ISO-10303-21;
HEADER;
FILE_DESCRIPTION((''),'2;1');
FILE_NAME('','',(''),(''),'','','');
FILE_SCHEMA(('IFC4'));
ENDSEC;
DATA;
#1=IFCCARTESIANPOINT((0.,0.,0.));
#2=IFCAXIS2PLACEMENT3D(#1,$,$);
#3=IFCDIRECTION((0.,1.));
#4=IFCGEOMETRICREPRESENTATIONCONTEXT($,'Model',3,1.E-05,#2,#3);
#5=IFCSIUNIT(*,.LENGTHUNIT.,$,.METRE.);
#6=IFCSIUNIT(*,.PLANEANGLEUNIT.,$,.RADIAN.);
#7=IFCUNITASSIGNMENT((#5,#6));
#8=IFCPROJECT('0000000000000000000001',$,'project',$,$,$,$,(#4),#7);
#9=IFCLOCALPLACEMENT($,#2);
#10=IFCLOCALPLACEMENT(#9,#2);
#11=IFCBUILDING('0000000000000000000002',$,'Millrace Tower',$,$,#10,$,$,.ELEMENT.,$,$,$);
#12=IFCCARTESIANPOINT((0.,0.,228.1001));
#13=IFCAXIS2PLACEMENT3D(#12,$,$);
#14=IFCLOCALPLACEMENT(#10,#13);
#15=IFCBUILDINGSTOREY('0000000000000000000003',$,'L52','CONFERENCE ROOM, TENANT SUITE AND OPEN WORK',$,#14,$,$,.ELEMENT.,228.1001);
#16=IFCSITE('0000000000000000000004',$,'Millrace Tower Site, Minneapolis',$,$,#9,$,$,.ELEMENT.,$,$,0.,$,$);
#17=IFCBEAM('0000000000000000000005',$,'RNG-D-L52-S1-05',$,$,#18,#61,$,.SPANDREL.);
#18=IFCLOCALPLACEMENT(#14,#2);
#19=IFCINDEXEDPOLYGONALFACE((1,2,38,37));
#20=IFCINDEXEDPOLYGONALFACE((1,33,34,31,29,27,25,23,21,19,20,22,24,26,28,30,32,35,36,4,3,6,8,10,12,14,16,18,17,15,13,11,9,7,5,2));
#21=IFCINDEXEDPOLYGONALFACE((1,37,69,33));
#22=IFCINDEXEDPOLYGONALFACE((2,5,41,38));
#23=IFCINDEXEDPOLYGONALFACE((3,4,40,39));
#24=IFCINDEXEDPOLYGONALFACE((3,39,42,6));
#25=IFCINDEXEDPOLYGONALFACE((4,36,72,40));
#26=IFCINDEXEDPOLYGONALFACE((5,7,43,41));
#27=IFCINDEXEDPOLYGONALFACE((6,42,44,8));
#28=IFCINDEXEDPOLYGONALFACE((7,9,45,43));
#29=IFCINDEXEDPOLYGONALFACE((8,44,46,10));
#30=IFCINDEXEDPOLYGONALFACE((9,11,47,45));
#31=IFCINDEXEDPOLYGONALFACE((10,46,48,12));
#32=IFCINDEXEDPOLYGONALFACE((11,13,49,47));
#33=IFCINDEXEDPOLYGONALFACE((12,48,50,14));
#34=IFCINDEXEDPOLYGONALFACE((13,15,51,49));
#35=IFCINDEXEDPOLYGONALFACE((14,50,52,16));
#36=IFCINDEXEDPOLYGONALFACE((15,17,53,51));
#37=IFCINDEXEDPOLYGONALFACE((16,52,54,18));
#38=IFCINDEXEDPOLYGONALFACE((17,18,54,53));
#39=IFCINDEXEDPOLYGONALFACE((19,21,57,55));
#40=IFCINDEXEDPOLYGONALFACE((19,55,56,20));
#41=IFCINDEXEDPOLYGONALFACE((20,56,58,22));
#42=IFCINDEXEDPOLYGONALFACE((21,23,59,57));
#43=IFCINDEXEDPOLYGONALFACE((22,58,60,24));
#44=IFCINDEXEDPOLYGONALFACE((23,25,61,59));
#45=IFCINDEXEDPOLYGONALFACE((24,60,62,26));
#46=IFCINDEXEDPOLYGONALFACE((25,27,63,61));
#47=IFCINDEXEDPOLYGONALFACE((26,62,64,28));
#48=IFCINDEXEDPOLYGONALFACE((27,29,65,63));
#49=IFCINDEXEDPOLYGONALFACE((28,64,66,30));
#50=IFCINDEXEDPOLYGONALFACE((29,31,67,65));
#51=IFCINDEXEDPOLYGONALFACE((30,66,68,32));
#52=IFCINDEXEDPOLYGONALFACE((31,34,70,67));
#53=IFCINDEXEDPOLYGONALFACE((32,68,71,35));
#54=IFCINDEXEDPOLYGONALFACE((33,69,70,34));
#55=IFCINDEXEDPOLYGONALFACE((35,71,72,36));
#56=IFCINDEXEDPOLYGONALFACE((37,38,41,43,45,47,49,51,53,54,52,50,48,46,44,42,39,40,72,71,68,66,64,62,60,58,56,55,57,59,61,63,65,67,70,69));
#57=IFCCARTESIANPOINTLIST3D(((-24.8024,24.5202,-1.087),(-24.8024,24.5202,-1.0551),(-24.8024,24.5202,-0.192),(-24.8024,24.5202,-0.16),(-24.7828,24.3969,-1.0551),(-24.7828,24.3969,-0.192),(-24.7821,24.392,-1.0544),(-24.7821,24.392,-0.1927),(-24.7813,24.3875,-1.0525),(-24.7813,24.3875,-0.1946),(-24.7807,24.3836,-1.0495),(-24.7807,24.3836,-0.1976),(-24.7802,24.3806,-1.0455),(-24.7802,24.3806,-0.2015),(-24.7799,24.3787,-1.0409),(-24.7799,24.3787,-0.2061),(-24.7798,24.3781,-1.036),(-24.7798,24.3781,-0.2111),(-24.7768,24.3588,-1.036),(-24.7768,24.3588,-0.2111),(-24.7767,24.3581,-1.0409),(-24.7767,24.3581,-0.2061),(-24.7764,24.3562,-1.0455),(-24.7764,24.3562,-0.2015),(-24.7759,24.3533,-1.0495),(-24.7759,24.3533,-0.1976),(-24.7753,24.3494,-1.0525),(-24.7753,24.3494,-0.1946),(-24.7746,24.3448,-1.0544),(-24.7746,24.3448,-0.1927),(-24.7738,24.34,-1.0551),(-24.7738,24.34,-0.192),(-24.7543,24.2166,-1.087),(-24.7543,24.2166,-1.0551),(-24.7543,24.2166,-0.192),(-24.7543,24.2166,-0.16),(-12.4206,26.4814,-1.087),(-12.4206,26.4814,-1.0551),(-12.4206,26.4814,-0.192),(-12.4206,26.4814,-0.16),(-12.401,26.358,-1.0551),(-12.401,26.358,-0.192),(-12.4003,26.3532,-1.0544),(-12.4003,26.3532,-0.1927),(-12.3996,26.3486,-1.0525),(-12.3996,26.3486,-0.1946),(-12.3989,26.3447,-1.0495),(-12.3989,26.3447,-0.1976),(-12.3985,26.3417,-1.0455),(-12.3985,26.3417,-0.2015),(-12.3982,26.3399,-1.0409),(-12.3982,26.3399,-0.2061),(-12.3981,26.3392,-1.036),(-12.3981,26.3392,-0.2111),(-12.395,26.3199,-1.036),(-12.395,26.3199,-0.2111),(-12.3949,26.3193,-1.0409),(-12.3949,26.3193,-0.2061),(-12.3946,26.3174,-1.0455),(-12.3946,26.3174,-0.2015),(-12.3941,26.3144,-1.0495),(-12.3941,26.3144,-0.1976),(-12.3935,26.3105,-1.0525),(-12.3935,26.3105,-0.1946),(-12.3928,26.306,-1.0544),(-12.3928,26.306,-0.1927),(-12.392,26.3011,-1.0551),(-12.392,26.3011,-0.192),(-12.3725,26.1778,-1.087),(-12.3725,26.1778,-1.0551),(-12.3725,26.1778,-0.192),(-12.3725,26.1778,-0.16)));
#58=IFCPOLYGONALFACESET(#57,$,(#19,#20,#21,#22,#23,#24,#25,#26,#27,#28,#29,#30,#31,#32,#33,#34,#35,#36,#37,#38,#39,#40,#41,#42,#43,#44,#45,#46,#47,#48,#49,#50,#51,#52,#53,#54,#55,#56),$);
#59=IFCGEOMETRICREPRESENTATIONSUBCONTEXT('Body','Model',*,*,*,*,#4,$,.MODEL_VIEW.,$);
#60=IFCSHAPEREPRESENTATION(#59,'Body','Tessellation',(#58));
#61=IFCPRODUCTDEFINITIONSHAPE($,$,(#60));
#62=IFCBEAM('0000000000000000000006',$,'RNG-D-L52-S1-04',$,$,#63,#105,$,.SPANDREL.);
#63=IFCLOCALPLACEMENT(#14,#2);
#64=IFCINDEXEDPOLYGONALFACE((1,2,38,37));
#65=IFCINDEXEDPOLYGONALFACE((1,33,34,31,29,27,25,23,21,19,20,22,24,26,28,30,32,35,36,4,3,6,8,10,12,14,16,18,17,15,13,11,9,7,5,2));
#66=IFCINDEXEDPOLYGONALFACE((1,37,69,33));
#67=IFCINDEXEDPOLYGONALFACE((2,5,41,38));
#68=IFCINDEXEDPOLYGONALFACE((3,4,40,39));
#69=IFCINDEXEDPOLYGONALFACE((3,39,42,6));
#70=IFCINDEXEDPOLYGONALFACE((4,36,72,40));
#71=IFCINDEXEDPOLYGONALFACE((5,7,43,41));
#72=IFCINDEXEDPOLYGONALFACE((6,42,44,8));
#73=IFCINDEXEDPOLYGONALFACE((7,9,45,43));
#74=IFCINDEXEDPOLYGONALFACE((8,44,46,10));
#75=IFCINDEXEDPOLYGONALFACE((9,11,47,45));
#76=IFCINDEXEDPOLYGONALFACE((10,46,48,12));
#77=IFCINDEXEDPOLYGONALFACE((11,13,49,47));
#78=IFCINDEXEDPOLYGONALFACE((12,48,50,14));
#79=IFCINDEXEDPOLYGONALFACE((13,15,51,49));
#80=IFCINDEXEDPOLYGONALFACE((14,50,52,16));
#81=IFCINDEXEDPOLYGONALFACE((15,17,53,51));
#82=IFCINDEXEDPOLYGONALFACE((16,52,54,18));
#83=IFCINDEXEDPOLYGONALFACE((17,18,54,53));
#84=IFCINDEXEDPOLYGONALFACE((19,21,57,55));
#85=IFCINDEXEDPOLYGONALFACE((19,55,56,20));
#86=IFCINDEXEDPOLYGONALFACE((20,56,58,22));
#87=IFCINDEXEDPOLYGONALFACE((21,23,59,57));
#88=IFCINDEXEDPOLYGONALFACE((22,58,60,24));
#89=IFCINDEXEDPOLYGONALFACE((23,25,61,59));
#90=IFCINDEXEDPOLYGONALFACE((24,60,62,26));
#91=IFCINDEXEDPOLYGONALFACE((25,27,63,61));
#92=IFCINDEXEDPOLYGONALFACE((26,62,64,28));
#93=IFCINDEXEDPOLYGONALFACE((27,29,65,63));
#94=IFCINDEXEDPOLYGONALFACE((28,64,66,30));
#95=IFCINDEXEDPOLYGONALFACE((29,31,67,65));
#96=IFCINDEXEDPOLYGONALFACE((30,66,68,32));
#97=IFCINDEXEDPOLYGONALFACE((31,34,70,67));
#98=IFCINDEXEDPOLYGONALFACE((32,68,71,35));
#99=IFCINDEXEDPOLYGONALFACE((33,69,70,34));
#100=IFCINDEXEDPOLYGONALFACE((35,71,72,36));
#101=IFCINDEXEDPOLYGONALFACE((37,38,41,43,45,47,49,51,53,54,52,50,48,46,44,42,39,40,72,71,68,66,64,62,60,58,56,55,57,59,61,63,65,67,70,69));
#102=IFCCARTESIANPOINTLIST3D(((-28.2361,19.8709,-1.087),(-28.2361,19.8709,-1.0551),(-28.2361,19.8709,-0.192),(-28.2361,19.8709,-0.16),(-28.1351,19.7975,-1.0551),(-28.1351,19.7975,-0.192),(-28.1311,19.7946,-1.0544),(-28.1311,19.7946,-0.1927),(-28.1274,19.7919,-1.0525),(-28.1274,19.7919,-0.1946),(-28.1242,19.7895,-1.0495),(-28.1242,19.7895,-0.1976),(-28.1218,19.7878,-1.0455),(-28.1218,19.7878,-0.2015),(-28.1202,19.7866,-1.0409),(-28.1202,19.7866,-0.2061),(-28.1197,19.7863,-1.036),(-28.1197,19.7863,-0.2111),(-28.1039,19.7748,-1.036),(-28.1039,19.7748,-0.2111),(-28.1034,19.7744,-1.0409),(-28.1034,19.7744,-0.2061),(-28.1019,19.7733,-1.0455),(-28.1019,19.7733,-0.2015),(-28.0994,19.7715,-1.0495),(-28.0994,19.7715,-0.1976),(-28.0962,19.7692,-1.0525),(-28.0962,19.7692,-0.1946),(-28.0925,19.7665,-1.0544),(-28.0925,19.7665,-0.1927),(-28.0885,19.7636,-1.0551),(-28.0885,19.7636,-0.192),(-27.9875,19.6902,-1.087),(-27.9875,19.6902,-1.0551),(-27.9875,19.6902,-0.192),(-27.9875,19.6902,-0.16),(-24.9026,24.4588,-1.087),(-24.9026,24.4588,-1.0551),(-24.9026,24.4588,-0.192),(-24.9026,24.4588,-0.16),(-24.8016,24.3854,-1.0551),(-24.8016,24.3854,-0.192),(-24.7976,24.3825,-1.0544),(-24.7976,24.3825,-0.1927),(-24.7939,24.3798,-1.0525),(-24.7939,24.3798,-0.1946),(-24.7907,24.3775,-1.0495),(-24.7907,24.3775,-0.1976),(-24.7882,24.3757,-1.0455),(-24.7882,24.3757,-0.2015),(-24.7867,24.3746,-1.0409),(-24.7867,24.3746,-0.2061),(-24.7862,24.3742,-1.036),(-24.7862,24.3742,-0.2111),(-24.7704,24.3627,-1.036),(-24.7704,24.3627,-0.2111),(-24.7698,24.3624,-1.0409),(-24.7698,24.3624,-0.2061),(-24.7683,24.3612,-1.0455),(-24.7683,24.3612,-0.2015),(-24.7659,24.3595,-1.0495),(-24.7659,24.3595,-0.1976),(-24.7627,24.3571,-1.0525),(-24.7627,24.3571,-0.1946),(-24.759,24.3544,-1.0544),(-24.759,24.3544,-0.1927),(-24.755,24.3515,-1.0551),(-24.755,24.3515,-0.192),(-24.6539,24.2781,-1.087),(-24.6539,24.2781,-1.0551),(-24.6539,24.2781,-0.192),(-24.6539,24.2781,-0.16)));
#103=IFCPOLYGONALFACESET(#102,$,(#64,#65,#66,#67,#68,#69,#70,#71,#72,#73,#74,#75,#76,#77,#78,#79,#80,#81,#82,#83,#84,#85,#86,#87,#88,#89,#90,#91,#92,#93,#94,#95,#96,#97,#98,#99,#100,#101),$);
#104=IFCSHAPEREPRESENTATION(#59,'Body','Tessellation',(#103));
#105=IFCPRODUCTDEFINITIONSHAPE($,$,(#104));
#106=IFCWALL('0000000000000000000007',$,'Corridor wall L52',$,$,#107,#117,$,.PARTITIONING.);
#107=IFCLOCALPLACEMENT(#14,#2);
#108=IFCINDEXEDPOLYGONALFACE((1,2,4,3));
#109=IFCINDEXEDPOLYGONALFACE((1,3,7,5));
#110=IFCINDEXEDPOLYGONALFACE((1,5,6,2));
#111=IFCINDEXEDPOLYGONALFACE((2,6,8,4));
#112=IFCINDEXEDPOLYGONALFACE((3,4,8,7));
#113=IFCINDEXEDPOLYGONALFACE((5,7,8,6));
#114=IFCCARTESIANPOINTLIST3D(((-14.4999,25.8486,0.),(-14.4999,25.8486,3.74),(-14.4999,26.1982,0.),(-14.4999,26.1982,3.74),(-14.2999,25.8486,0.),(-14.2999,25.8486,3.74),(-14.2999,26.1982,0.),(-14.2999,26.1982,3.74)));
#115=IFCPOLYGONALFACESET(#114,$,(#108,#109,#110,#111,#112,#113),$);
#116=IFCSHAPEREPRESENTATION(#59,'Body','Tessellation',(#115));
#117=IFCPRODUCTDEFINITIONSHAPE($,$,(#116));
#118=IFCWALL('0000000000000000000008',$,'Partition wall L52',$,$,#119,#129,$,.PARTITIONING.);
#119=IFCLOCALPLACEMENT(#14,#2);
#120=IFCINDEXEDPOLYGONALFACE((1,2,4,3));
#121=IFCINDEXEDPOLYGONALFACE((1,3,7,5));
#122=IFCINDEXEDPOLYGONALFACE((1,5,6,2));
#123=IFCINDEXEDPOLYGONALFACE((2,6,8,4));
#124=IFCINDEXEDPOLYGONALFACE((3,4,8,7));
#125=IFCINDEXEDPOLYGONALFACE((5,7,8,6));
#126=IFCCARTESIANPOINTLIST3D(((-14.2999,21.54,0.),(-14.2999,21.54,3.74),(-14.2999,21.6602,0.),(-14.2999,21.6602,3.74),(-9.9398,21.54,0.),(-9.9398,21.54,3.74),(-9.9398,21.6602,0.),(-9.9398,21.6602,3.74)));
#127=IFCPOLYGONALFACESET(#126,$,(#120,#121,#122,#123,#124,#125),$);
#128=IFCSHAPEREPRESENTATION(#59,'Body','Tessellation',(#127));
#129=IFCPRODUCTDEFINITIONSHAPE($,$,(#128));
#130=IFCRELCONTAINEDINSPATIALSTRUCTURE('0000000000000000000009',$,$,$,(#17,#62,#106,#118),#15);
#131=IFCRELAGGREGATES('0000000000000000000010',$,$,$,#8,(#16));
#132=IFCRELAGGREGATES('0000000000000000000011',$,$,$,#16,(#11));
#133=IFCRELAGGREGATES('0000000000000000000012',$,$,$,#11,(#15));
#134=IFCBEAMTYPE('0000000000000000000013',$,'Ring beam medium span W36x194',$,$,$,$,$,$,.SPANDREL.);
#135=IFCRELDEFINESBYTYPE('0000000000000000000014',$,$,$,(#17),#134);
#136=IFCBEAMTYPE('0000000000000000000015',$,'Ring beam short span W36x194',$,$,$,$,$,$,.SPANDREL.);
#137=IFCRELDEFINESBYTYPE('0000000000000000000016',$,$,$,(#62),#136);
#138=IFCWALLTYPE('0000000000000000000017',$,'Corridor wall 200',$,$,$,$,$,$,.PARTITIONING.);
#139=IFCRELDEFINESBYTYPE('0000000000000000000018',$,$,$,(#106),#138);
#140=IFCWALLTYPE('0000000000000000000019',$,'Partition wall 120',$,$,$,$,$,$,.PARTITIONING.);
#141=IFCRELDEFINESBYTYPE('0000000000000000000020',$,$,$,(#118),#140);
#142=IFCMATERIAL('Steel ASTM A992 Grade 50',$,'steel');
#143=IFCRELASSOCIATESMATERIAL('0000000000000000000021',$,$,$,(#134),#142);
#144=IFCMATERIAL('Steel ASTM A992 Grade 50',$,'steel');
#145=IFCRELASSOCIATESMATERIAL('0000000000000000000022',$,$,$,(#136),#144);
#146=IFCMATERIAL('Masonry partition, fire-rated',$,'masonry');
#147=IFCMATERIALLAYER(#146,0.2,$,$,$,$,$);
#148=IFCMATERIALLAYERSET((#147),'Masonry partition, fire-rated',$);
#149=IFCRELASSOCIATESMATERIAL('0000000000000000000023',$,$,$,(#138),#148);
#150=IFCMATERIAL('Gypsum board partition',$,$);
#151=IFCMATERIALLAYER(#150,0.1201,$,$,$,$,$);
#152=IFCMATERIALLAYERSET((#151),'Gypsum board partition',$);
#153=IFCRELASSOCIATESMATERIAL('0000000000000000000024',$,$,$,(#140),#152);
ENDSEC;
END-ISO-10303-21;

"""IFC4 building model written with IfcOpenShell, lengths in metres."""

from ifc_helpers import new_model, si_unit, direction, frame, frame_2d, origin, origin_2d, place, context, subcontext, project, spatial, rectangle, i_section, extrude, material, layer, layer_set, material_profile, profile_set, type_object, element, save


model = new_model("IFC4")

# Units and contexts
model_context = context("Model", 3, precision=1e-05, world=origin(), true_north=direction((0.0, 1.0)))
body_context = subcontext(model_context, "Body", "Model", "MODEL_VIEW")
ifc_project = project(units=[si_unit("LENGTHUNIT", "METRE"), si_unit("PLANEANGLEUNIT", "RADIAN")], contexts=[model_context])

# Site, building, storey
site_placement = place(None, origin())
site = spatial("IfcSite", under=ifc_project, at=site_placement, Name="Millrace Tower Site, Minneapolis", CompositionType="ELEMENT", RefElevation=0.0)
building_placement = place(site_placement, origin())
building = spatial("IfcBuilding", under=site, at=building_placement, Name="Millrace Tower", CompositionType="ELEMENT")
storey_placement = place(building_placement, frame((0.0, 0.0, 228.1001)))
storey = spatial("IfcBuildingStorey", under=building, at=storey_placement, Name="L52", Description="CONFERENCE ROOM, TENANT SUITE AND OPEN WORK", CompositionType="ELEMENT", Elevation=228.1001)

# Beams
ifc_material_1 = material(Name="Steel ASTM A992 Grade 50", Category="steel")
ifc_material_profile_1 = material_profile(ifc_material_1, i_section(OverallWidth=0.3074, OverallDepth=0.927, WebThickness=0.0195, FlangeThickness=0.032, FilletRadius=0.019, at=origin_2d()))
ifc_profile_set_1 = profile_set([ifc_material_profile_1], Name="Steel ASTM A992 Grade 50")
beam_type_1 = type_object("IfcBeamType", Name="Ring beam medium span W36x194", PredefinedType="SPANDREL", material=ifc_profile_set_1)
beam_1_placement = place(storey_placement, frame((-24.7783, 24.3684, -0.6235), z_axis=(0.987687, 0.156442, 0.0), x_axis=(-0.156442, 0.987687, 0.0)))
element("IfcBeam", 1, at=beam_1_placement, inside=storey, type_object=beam_type_1, Name="RNG-D-L52-S1-05", PredefinedType="SPANDREL", context=body_context, shape_type="SweptSolid", body=[
    extrude(i_section(OverallWidth=0.3074, OverallDepth=0.927, WebThickness=0.0195, FlangeThickness=0.032, FilletRadius=0.019, at=origin_2d()), origin(), (0.0, 0.0, 1.0), 12.5361),
])
ifc_material_2 = material(Name="Steel ASTM A992 Grade 50", Category="steel")
ifc_material_profile_2 = material_profile(ifc_material_2, i_section(OverallWidth=0.3074, OverallDepth=0.927, WebThickness=0.0195, FlangeThickness=0.032, FilletRadius=0.019, at=origin_2d()))
ifc_profile_set_2 = profile_set([ifc_material_profile_2], Name="Steel ASTM A992 Grade 50")
beam_type_2 = type_object("IfcBeamType", Name="Ring beam short span W36x194", PredefinedType="SPANDREL", material=ifc_profile_set_2)
beam_2_placement = place(storey_placement, frame((-28.1118, 19.7805, -0.6235), z_axis=(0.587808, 0.809, 0.0), x_axis=(-0.809, 0.587808, 0.0)))
element("IfcBeam", 2, at=beam_2_placement, inside=storey, type_object=beam_type_2, Name="RNG-D-L52-S1-04", PredefinedType="SPANDREL", context=body_context, shape_type="SweptSolid", body=[
    extrude(i_section(OverallWidth=0.3074, OverallDepth=0.927, WebThickness=0.0195, FlangeThickness=0.032, FilletRadius=0.019, at=origin_2d()), origin(), (0.0, 0.0, 1.0), 5.6711),
])

# Walls
ifc_material_3 = material(Name="Masonry partition, fire-rated", Category="masonry")
ifc_layer_1 = layer(ifc_material_3, 0.2)
ifc_layer_set_1 = layer_set([ifc_layer_1], Name="Masonry partition, fire-rated")
wall_type_1 = type_object("IfcWallType", Name="Corridor wall 200", PredefinedType="PARTITIONING", material=ifc_layer_set_1)
wall_1_placement = place(storey_placement, frame((-14.3999, 25.8486, 0.0), z_axis=(0.0, 0.0, 1.0), x_axis=(0.0, 1.0, 0.0)))
element("IfcWall", 3, at=wall_1_placement, inside=storey, type_object=wall_type_1, Name="Corridor wall L52", PredefinedType="PARTITIONING", context=body_context, shape_type="SweptSolid", body=[
    extrude(rectangle(XDim=0.3496, YDim=0.2, at=frame_2d((0.1748, 0.0))), origin(), (0.0, 0.0, 1.0), 3.74),
])
ifc_material_4 = material(Name="Gypsum board partition")
ifc_layer_2 = layer(ifc_material_4, 0.1201)
ifc_layer_set_2 = layer_set([ifc_layer_2], Name="Gypsum board partition")
wall_type_2 = type_object("IfcWallType", Name="Partition wall 120", PredefinedType="PARTITIONING", material=ifc_layer_set_2)
wall_2_placement = place(storey_placement, frame((-14.3, 21.6001, 0.0), z_axis=(0.0, 0.0, 1.0), x_axis=(1.0, 0.0, 0.0)))
element("IfcWall", 4, at=wall_2_placement, inside=storey, type_object=wall_type_2, Name="Partition wall L52", PredefinedType="PARTITIONING", context=body_context, shape_type="SweptSolid", body=[
    extrude(rectangle(XDim=4.3601, YDim=0.1201, at=frame_2d((2.1802, 0.0))), origin(), (0.0, 0.0, 1.0), 3.74),
])

save(model, "model.ifc")
